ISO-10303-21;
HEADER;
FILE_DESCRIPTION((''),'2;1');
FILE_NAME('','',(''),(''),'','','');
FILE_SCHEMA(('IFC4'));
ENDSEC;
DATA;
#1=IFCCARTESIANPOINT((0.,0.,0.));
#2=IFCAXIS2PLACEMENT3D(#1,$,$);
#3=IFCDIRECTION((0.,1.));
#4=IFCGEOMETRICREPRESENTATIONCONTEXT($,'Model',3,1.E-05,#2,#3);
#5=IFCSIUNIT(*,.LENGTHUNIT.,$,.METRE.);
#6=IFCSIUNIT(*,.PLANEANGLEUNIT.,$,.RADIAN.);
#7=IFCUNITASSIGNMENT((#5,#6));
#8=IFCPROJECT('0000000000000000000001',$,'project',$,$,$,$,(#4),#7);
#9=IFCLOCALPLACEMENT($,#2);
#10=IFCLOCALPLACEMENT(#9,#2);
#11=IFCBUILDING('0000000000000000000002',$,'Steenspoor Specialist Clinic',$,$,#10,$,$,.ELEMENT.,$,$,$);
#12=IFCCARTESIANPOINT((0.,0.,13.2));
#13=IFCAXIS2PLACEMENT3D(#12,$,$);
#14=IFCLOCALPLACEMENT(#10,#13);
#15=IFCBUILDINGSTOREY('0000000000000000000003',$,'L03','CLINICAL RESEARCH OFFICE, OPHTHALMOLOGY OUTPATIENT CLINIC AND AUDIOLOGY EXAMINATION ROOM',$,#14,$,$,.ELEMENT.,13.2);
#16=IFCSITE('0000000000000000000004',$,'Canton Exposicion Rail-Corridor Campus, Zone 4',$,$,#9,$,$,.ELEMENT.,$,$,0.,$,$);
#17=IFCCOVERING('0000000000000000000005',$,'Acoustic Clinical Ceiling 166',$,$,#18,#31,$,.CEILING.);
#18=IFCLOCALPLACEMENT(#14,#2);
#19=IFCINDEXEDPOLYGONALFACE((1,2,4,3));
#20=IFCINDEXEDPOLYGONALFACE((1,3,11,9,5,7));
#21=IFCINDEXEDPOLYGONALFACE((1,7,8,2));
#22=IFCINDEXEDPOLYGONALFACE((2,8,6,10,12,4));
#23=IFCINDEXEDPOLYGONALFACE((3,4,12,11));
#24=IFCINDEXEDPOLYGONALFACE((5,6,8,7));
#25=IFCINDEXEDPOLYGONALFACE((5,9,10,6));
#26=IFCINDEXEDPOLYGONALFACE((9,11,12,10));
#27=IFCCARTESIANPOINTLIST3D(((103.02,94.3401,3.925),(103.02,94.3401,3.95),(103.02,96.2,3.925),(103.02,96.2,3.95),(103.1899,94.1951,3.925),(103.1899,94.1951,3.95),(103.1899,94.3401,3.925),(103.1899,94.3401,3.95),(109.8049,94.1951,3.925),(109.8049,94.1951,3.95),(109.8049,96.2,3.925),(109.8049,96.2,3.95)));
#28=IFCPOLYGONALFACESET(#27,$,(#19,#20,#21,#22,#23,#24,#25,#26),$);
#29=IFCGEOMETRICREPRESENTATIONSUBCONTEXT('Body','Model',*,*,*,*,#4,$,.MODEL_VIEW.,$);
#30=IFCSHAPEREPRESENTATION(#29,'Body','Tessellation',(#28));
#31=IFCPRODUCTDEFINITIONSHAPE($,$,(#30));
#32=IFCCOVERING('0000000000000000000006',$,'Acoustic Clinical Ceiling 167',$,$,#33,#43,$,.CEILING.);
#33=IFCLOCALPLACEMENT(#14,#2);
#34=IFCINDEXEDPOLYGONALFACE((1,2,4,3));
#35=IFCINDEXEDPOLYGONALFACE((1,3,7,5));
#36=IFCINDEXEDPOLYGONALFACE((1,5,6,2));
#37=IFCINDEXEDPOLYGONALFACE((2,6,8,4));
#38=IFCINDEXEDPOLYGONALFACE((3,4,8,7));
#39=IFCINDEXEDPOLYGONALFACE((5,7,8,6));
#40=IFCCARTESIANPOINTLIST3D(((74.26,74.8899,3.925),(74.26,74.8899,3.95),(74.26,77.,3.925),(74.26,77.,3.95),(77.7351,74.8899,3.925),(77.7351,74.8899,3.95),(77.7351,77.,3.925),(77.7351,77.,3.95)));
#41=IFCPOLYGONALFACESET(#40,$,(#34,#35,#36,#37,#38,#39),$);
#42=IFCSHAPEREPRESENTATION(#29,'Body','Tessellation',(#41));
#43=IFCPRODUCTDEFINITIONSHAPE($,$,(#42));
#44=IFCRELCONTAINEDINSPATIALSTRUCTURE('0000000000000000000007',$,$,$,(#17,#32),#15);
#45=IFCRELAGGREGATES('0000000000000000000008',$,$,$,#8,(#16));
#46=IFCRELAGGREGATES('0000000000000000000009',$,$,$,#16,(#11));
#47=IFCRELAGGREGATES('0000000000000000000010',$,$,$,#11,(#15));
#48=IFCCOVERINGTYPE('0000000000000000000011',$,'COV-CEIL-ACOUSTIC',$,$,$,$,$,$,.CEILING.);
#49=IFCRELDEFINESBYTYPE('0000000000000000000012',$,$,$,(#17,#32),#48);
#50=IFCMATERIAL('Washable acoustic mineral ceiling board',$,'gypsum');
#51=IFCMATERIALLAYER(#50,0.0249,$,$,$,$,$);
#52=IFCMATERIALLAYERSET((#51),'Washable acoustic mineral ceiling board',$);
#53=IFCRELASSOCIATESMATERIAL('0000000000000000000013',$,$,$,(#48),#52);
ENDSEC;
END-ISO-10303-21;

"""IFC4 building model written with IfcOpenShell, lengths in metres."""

from ifc_helpers import new_model, si_unit, direction, frame, origin, place, context, subcontext, project, spatial, polyline, outline, extrude, material, layer, layer_set, type_object, element, save


model = new_model("IFC4")

# Units and contexts
model_context = context("Model", 3, precision=1e-05, world=origin(), true_north=direction((0.0, 1.0)))
body_context = subcontext(model_context, "Body", "Model", "MODEL_VIEW")
ifc_project = project(units=[si_unit("LENGTHUNIT", "METRE"), si_unit("PLANEANGLEUNIT", "RADIAN")], contexts=[model_context])

# Site, building, storey
site_placement = place(None, origin())
site = spatial("IfcSite", under=ifc_project, at=site_placement, Name="Canton Exposicion Rail-Corridor Campus, Zone 4", CompositionType="ELEMENT", RefElevation=0.0)
building_placement = place(site_placement, origin())
building = spatial("IfcBuilding", under=site, at=building_placement, Name="Steenspoor Specialist Clinic", CompositionType="ELEMENT")
storey_placement = place(building_placement, frame((0.0, 0.0, 13.2)))
storey = spatial("IfcBuildingStorey", under=building, at=storey_placement, Name="L03", Description="CLINICAL RESEARCH OFFICE, OPHTHALMOLOGY OUTPATIENT CLINIC AND AUDIOLOGY EXAMINATION ROOM", CompositionType="ELEMENT", Elevation=13.2)

# Coverings
ifc_material_1 = material(Name="Washable acoustic mineral ceiling board", Category="gypsum")
ifc_layer_1 = layer(ifc_material_1, 0.0249)
ifc_layer_set_1 = layer_set([ifc_layer_1], Name="Washable acoustic mineral ceiling board")
covering_type = type_object("IfcCoveringType", Name="COV-CEIL-ACOUSTIC", PredefinedType="CEILING", material=ifc_layer_set_1)
covering_1_placement = place(storey_placement, frame((0.0, 0.0, 3.925)))
element("IfcCovering", 1, at=covering_1_placement, inside=storey, type_object=covering_type, Name="Acoustic Clinical Ceiling 166", PredefinedType="CEILING", context=body_context, shape_type="SweptSolid", body=[
    extrude(outline(polyline([(103.02, 94.3401), (103.02, 96.2), (109.8049, 96.2), (109.8049, 94.1951), (103.1899, 94.1951), (103.1899, 94.3401), (103.02, 94.3401)])), origin(), (0.0, 0.0, 1.0), 0.0249),
])
covering_2_placement = place(storey_placement, frame((0.0, 0.0, 3.925)))
element("IfcCovering", 2, at=covering_2_placement, inside=storey, type_object=covering_type, Name="Acoustic Clinical Ceiling 167", PredefinedType="CEILING", context=body_context, shape_type="SweptSolid", body=[
    extrude(outline(polyline([(74.26, 77.0), (77.7351, 77.0), (77.7351, 74.8899), (74.26, 74.8899), (74.26, 77.0)])), origin(), (0.0, 0.0, 1.0), 0.0249),
])

save(model, "model.ifc")
